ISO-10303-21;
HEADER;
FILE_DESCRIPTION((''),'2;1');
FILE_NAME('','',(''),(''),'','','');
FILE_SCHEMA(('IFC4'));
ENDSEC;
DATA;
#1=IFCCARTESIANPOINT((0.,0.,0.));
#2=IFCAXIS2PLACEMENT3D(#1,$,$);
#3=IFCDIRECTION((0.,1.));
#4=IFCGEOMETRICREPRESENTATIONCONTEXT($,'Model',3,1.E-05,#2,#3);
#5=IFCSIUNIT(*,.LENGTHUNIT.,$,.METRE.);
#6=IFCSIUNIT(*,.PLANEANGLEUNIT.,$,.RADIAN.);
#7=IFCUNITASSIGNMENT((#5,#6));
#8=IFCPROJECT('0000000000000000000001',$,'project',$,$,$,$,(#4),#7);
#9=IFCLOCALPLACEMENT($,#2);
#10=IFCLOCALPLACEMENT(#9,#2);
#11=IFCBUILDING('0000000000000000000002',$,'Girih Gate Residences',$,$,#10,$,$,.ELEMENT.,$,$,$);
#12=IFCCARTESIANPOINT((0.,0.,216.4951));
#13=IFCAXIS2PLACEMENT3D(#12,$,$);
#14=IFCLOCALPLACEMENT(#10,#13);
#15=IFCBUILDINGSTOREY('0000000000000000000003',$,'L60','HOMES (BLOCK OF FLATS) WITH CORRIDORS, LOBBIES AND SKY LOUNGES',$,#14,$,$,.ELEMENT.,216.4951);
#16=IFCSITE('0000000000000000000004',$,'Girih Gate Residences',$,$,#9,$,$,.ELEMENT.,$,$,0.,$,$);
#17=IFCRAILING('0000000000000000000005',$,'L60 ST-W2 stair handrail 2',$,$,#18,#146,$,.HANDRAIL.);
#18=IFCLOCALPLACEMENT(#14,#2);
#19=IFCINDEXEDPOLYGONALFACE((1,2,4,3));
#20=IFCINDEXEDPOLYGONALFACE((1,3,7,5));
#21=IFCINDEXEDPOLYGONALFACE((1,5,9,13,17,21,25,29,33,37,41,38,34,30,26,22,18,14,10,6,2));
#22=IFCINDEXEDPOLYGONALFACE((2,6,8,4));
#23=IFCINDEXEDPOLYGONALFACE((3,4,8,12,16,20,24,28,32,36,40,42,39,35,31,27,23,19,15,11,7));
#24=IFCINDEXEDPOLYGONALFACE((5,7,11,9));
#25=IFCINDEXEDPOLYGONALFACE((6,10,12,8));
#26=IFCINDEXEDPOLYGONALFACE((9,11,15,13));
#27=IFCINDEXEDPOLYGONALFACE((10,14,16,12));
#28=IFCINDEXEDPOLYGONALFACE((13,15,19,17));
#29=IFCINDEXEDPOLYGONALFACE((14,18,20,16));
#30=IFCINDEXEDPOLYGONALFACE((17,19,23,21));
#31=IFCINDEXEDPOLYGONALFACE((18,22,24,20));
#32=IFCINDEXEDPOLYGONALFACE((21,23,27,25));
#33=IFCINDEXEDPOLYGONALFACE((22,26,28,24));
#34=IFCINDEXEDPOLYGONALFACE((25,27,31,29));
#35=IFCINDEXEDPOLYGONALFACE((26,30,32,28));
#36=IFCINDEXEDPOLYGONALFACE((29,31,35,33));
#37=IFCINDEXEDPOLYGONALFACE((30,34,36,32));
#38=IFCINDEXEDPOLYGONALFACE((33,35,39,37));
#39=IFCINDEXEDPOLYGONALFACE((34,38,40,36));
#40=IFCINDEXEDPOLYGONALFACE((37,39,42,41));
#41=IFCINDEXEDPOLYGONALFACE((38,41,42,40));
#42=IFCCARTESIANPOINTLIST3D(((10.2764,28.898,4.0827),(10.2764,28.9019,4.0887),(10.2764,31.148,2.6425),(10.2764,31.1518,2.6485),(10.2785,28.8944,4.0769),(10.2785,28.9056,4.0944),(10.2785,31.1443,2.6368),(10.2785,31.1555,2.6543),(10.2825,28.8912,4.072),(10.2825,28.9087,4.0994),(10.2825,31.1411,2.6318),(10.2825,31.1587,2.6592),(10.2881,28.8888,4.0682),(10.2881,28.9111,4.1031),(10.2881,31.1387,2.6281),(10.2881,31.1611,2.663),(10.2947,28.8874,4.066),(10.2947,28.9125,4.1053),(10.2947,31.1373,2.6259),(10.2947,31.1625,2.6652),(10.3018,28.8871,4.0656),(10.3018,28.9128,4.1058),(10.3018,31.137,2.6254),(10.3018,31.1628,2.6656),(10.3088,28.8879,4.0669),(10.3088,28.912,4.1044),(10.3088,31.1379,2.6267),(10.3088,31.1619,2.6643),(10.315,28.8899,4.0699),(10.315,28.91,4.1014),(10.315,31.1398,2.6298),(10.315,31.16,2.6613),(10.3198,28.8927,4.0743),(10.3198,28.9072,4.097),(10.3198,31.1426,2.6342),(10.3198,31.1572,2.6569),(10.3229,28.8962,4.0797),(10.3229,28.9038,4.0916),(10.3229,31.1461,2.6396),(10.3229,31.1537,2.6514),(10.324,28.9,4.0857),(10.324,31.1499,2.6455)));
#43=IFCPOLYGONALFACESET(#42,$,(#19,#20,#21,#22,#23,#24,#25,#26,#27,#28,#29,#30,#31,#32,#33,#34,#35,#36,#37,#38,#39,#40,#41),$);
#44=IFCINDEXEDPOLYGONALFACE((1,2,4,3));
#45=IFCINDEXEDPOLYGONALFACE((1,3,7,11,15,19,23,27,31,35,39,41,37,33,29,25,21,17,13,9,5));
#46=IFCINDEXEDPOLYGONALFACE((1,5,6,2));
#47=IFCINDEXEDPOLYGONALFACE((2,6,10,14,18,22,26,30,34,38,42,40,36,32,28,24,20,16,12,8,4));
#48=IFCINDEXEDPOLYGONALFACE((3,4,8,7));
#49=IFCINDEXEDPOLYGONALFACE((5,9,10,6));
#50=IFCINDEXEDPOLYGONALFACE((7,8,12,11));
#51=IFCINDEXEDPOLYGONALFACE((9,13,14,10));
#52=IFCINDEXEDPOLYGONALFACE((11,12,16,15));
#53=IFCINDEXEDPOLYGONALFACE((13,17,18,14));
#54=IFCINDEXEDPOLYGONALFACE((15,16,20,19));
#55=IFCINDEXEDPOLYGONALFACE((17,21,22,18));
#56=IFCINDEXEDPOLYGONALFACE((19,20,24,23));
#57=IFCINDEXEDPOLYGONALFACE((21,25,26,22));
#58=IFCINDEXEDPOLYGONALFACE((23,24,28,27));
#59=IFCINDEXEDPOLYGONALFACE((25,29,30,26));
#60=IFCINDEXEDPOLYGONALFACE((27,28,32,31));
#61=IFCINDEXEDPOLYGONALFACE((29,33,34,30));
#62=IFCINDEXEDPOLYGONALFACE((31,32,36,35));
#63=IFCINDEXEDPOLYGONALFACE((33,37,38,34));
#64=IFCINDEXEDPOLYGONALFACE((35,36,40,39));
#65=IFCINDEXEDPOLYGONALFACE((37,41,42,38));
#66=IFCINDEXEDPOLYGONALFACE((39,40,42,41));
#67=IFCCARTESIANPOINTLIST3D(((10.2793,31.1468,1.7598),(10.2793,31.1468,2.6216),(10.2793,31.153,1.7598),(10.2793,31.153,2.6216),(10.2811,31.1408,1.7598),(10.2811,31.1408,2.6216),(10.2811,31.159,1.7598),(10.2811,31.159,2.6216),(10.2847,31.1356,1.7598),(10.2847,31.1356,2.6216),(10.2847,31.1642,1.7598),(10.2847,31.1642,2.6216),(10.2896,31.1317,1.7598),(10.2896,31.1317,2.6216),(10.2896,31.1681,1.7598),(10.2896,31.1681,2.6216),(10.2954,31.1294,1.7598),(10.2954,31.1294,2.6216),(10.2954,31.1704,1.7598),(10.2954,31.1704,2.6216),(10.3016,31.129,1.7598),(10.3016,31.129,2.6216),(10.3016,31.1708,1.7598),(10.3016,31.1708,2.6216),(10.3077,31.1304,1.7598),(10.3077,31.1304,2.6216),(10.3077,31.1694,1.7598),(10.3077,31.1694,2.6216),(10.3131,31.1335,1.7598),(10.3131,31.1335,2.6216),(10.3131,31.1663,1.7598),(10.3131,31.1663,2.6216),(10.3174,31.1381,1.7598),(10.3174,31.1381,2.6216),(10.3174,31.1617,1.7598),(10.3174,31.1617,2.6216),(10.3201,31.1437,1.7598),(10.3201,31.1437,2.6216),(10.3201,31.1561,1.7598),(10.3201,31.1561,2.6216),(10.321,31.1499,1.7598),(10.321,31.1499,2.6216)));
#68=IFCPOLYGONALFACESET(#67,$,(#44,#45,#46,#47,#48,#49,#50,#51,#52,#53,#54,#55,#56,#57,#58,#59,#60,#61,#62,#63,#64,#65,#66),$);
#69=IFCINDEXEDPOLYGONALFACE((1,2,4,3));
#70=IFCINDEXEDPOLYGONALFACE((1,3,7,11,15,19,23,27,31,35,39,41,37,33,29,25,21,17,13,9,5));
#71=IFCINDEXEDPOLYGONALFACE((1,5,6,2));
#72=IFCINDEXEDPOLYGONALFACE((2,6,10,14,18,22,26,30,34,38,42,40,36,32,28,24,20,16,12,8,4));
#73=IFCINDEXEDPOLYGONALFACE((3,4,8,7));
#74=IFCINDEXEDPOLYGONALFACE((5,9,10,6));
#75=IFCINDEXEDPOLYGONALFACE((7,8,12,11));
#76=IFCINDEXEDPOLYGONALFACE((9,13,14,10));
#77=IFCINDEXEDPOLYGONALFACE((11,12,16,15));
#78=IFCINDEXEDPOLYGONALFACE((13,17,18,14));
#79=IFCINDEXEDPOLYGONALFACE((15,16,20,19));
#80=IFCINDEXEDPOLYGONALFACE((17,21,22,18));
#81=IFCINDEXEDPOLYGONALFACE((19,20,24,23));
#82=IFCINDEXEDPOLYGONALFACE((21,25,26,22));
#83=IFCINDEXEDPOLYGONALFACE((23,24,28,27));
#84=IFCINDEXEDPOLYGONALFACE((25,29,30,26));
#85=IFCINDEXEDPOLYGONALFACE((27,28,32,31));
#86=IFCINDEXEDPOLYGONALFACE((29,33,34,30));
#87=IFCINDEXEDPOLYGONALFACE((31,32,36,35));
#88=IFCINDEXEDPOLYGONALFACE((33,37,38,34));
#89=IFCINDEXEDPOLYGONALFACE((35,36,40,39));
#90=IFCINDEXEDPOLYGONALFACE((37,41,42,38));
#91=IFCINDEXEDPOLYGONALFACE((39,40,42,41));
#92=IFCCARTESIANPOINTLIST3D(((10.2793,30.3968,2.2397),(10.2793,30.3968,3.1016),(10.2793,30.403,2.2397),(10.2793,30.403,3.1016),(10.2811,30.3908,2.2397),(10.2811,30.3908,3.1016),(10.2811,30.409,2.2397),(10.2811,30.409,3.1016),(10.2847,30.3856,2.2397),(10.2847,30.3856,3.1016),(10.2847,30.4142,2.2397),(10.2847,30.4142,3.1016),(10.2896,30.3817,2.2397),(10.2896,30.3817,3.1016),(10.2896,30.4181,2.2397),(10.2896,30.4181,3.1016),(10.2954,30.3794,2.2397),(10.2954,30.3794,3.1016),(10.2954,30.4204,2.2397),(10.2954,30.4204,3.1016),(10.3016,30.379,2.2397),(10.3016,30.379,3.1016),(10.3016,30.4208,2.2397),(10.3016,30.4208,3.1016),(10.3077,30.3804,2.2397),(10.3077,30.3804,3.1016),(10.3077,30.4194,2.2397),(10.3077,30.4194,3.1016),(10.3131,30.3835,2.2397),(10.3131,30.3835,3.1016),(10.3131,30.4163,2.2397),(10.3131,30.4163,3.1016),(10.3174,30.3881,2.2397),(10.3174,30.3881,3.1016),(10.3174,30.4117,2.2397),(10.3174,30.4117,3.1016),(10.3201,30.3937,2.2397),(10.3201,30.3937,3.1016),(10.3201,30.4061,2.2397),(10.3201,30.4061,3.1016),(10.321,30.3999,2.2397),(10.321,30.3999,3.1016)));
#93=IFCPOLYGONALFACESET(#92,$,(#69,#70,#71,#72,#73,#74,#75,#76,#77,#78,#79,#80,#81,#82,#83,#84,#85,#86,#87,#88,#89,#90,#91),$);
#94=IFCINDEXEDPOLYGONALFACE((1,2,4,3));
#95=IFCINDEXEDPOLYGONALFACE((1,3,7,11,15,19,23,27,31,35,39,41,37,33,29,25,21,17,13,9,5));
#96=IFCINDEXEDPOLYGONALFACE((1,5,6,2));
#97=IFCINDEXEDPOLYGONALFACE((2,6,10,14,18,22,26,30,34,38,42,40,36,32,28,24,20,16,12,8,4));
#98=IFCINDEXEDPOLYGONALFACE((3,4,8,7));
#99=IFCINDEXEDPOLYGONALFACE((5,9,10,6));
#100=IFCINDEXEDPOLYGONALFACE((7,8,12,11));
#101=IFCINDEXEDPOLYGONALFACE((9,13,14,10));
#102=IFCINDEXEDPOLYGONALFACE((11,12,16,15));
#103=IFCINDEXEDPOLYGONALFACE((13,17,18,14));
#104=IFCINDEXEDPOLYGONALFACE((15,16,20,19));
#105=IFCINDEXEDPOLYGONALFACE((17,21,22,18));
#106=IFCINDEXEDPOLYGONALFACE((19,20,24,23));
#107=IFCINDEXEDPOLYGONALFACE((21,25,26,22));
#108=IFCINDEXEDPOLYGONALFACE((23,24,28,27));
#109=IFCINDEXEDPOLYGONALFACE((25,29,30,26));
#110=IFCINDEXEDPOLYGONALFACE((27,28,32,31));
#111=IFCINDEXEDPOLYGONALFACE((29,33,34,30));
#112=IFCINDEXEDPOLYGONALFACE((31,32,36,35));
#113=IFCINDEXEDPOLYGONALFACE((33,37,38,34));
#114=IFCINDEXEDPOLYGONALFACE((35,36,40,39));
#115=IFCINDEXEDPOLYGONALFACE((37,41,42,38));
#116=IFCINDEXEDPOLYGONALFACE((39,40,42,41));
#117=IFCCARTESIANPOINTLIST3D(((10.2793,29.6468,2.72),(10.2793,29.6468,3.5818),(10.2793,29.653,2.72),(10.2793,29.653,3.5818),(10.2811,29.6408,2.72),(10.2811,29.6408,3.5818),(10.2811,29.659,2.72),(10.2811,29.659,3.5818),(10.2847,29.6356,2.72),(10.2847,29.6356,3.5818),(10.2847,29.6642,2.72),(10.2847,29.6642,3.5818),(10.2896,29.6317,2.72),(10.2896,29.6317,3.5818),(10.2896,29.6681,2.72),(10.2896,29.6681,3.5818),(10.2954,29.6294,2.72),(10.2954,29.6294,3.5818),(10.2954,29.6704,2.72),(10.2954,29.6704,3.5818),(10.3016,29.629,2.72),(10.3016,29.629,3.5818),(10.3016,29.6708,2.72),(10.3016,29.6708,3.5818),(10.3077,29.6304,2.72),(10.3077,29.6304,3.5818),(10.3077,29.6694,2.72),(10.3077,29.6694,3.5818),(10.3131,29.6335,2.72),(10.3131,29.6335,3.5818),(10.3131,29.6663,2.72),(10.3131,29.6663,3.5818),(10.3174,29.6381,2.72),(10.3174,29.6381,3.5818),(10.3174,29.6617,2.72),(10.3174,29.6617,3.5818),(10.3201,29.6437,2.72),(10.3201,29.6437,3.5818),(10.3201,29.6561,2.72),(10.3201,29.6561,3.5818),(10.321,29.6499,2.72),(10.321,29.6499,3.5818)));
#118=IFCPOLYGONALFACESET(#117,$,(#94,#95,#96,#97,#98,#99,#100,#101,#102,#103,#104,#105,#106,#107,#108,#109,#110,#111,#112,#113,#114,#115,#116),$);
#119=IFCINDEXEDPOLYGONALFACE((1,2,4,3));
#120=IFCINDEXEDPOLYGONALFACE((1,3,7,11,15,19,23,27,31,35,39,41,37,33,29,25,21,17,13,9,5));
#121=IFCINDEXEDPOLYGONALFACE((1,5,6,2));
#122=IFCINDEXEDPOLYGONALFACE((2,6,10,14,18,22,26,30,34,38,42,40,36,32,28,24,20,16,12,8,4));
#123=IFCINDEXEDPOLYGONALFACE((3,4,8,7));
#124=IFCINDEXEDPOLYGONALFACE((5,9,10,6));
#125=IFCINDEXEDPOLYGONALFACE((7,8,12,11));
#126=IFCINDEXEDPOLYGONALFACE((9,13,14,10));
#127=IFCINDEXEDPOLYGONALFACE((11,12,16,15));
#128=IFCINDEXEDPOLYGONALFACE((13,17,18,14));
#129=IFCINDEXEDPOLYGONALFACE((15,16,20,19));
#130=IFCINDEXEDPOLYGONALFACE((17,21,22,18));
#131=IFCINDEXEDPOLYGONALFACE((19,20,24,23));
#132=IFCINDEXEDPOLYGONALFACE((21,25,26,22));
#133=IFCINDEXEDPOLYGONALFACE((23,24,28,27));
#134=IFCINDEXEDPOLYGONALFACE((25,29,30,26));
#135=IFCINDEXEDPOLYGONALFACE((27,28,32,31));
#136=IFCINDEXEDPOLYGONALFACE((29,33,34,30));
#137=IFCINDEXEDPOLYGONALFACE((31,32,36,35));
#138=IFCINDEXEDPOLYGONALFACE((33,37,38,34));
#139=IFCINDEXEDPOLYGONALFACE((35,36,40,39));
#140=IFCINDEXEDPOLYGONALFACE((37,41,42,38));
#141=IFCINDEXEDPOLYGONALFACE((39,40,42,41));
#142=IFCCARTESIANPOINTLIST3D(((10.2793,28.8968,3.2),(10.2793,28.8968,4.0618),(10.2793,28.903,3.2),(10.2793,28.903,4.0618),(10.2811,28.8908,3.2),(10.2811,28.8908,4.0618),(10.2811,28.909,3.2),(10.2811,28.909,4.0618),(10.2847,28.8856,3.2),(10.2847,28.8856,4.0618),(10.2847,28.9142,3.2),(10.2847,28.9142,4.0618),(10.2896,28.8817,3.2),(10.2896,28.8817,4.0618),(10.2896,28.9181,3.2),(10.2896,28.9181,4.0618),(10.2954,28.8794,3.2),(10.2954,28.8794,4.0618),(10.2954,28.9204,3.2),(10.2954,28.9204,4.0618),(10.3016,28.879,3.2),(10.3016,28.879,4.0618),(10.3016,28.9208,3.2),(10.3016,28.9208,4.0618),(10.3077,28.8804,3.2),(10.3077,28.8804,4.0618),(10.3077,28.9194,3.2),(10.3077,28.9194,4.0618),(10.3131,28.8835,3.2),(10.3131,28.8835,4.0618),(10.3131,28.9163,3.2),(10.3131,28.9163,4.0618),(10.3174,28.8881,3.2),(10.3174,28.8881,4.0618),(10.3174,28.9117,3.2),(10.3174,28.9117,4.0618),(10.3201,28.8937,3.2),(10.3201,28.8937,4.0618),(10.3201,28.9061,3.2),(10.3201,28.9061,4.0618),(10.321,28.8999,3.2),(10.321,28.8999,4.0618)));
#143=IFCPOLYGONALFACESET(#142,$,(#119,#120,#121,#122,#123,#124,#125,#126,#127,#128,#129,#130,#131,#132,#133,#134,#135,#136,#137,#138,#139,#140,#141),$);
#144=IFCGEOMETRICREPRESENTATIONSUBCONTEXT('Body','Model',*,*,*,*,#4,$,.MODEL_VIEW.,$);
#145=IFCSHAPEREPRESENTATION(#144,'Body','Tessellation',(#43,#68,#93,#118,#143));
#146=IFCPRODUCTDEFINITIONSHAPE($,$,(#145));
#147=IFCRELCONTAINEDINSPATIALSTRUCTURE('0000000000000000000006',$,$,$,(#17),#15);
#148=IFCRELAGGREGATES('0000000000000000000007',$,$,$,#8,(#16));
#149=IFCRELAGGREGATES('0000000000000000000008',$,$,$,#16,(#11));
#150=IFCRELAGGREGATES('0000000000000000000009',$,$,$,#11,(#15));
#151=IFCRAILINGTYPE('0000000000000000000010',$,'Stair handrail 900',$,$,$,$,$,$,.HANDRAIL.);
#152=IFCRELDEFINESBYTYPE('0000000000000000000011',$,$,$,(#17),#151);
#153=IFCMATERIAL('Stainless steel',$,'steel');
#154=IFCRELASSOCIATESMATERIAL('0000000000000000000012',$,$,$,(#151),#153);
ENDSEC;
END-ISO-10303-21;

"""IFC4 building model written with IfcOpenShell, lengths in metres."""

from ifc_helpers import new_model, si_unit, direction, frame, origin, origin_2d, place, context, subcontext, project, spatial, circle, extrude, material, type_object, element, save


model = new_model("IFC4")

# Units and contexts
model_context = context("Model", 3, precision=1e-05, world=origin(), true_north=direction((0.0, 1.0)))
body_context = subcontext(model_context, "Body", "Model", "MODEL_VIEW")
ifc_project = project(units=[si_unit("LENGTHUNIT", "METRE"), si_unit("PLANEANGLEUNIT", "RADIAN")], contexts=[model_context])

# Site, building, storey
site_placement = place(None, origin())
site = spatial("IfcSite", under=ifc_project, at=site_placement, Name="Girih Gate Residences", CompositionType="ELEMENT", RefElevation=0.0)
building_placement = place(site_placement, origin())
building = spatial("IfcBuilding", under=site, at=building_placement, Name="Girih Gate Residences", CompositionType="ELEMENT")
storey_placement = place(building_placement, frame((0.0, 0.0, 216.4951)))
storey = spatial("IfcBuildingStorey", under=building, at=storey_placement, Name="L60", Description="HOMES (BLOCK OF FLATS) WITH CORRIDORS, LOBBIES AND SKY LOUNGES", CompositionType="ELEMENT", Elevation=216.4951)

# Railing
ifc_material_1 = material(Name="Stainless steel", Category="steel")
railing_type_1 = type_object("IfcRailingType", Name="Stair handrail 900", PredefinedType="HANDRAIL", material=ifc_material_1)
railing_1_placement = place(storey_placement, frame((10.3, 31.1499, 1.7598)))
element("IfcRailing", 1, at=railing_1_placement, inside=storey, type_object=railing_type_1, Name="L60 ST-W2 stair handrail 2", PredefinedType="HANDRAIL", context=body_context, shape_type="SweptSolid", body=[
    extrude(circle(Radius=0.0239, at=origin_2d()), frame((0.0, 0.0, 0.8857), z_axis=(0.0, -0.84224, 0.539103), x_axis=(1.0, 0.0, 0.0)), (0.0, 0.0, 1.0), 2.6714),
    extrude(circle(Radius=0.021, at=origin_2d()), origin(), (0.0, 0.0, 1.0), 0.8618),
    extrude(circle(Radius=0.021, at=origin_2d()), frame((0.0, -0.75, 0.48)), (0.0, 0.0, 1.0), 0.8618),
    extrude(circle(Radius=0.021, at=origin_2d()), frame((0.0, -1.5, 0.9602)), (0.0, 0.0, 1.0), 0.8618),
    extrude(circle(Radius=0.021, at=origin_2d()), frame((0.0, -2.25, 1.4402)), (0.0, 0.0, 1.0), 0.8618),
])

save(model, "model.ifc")
